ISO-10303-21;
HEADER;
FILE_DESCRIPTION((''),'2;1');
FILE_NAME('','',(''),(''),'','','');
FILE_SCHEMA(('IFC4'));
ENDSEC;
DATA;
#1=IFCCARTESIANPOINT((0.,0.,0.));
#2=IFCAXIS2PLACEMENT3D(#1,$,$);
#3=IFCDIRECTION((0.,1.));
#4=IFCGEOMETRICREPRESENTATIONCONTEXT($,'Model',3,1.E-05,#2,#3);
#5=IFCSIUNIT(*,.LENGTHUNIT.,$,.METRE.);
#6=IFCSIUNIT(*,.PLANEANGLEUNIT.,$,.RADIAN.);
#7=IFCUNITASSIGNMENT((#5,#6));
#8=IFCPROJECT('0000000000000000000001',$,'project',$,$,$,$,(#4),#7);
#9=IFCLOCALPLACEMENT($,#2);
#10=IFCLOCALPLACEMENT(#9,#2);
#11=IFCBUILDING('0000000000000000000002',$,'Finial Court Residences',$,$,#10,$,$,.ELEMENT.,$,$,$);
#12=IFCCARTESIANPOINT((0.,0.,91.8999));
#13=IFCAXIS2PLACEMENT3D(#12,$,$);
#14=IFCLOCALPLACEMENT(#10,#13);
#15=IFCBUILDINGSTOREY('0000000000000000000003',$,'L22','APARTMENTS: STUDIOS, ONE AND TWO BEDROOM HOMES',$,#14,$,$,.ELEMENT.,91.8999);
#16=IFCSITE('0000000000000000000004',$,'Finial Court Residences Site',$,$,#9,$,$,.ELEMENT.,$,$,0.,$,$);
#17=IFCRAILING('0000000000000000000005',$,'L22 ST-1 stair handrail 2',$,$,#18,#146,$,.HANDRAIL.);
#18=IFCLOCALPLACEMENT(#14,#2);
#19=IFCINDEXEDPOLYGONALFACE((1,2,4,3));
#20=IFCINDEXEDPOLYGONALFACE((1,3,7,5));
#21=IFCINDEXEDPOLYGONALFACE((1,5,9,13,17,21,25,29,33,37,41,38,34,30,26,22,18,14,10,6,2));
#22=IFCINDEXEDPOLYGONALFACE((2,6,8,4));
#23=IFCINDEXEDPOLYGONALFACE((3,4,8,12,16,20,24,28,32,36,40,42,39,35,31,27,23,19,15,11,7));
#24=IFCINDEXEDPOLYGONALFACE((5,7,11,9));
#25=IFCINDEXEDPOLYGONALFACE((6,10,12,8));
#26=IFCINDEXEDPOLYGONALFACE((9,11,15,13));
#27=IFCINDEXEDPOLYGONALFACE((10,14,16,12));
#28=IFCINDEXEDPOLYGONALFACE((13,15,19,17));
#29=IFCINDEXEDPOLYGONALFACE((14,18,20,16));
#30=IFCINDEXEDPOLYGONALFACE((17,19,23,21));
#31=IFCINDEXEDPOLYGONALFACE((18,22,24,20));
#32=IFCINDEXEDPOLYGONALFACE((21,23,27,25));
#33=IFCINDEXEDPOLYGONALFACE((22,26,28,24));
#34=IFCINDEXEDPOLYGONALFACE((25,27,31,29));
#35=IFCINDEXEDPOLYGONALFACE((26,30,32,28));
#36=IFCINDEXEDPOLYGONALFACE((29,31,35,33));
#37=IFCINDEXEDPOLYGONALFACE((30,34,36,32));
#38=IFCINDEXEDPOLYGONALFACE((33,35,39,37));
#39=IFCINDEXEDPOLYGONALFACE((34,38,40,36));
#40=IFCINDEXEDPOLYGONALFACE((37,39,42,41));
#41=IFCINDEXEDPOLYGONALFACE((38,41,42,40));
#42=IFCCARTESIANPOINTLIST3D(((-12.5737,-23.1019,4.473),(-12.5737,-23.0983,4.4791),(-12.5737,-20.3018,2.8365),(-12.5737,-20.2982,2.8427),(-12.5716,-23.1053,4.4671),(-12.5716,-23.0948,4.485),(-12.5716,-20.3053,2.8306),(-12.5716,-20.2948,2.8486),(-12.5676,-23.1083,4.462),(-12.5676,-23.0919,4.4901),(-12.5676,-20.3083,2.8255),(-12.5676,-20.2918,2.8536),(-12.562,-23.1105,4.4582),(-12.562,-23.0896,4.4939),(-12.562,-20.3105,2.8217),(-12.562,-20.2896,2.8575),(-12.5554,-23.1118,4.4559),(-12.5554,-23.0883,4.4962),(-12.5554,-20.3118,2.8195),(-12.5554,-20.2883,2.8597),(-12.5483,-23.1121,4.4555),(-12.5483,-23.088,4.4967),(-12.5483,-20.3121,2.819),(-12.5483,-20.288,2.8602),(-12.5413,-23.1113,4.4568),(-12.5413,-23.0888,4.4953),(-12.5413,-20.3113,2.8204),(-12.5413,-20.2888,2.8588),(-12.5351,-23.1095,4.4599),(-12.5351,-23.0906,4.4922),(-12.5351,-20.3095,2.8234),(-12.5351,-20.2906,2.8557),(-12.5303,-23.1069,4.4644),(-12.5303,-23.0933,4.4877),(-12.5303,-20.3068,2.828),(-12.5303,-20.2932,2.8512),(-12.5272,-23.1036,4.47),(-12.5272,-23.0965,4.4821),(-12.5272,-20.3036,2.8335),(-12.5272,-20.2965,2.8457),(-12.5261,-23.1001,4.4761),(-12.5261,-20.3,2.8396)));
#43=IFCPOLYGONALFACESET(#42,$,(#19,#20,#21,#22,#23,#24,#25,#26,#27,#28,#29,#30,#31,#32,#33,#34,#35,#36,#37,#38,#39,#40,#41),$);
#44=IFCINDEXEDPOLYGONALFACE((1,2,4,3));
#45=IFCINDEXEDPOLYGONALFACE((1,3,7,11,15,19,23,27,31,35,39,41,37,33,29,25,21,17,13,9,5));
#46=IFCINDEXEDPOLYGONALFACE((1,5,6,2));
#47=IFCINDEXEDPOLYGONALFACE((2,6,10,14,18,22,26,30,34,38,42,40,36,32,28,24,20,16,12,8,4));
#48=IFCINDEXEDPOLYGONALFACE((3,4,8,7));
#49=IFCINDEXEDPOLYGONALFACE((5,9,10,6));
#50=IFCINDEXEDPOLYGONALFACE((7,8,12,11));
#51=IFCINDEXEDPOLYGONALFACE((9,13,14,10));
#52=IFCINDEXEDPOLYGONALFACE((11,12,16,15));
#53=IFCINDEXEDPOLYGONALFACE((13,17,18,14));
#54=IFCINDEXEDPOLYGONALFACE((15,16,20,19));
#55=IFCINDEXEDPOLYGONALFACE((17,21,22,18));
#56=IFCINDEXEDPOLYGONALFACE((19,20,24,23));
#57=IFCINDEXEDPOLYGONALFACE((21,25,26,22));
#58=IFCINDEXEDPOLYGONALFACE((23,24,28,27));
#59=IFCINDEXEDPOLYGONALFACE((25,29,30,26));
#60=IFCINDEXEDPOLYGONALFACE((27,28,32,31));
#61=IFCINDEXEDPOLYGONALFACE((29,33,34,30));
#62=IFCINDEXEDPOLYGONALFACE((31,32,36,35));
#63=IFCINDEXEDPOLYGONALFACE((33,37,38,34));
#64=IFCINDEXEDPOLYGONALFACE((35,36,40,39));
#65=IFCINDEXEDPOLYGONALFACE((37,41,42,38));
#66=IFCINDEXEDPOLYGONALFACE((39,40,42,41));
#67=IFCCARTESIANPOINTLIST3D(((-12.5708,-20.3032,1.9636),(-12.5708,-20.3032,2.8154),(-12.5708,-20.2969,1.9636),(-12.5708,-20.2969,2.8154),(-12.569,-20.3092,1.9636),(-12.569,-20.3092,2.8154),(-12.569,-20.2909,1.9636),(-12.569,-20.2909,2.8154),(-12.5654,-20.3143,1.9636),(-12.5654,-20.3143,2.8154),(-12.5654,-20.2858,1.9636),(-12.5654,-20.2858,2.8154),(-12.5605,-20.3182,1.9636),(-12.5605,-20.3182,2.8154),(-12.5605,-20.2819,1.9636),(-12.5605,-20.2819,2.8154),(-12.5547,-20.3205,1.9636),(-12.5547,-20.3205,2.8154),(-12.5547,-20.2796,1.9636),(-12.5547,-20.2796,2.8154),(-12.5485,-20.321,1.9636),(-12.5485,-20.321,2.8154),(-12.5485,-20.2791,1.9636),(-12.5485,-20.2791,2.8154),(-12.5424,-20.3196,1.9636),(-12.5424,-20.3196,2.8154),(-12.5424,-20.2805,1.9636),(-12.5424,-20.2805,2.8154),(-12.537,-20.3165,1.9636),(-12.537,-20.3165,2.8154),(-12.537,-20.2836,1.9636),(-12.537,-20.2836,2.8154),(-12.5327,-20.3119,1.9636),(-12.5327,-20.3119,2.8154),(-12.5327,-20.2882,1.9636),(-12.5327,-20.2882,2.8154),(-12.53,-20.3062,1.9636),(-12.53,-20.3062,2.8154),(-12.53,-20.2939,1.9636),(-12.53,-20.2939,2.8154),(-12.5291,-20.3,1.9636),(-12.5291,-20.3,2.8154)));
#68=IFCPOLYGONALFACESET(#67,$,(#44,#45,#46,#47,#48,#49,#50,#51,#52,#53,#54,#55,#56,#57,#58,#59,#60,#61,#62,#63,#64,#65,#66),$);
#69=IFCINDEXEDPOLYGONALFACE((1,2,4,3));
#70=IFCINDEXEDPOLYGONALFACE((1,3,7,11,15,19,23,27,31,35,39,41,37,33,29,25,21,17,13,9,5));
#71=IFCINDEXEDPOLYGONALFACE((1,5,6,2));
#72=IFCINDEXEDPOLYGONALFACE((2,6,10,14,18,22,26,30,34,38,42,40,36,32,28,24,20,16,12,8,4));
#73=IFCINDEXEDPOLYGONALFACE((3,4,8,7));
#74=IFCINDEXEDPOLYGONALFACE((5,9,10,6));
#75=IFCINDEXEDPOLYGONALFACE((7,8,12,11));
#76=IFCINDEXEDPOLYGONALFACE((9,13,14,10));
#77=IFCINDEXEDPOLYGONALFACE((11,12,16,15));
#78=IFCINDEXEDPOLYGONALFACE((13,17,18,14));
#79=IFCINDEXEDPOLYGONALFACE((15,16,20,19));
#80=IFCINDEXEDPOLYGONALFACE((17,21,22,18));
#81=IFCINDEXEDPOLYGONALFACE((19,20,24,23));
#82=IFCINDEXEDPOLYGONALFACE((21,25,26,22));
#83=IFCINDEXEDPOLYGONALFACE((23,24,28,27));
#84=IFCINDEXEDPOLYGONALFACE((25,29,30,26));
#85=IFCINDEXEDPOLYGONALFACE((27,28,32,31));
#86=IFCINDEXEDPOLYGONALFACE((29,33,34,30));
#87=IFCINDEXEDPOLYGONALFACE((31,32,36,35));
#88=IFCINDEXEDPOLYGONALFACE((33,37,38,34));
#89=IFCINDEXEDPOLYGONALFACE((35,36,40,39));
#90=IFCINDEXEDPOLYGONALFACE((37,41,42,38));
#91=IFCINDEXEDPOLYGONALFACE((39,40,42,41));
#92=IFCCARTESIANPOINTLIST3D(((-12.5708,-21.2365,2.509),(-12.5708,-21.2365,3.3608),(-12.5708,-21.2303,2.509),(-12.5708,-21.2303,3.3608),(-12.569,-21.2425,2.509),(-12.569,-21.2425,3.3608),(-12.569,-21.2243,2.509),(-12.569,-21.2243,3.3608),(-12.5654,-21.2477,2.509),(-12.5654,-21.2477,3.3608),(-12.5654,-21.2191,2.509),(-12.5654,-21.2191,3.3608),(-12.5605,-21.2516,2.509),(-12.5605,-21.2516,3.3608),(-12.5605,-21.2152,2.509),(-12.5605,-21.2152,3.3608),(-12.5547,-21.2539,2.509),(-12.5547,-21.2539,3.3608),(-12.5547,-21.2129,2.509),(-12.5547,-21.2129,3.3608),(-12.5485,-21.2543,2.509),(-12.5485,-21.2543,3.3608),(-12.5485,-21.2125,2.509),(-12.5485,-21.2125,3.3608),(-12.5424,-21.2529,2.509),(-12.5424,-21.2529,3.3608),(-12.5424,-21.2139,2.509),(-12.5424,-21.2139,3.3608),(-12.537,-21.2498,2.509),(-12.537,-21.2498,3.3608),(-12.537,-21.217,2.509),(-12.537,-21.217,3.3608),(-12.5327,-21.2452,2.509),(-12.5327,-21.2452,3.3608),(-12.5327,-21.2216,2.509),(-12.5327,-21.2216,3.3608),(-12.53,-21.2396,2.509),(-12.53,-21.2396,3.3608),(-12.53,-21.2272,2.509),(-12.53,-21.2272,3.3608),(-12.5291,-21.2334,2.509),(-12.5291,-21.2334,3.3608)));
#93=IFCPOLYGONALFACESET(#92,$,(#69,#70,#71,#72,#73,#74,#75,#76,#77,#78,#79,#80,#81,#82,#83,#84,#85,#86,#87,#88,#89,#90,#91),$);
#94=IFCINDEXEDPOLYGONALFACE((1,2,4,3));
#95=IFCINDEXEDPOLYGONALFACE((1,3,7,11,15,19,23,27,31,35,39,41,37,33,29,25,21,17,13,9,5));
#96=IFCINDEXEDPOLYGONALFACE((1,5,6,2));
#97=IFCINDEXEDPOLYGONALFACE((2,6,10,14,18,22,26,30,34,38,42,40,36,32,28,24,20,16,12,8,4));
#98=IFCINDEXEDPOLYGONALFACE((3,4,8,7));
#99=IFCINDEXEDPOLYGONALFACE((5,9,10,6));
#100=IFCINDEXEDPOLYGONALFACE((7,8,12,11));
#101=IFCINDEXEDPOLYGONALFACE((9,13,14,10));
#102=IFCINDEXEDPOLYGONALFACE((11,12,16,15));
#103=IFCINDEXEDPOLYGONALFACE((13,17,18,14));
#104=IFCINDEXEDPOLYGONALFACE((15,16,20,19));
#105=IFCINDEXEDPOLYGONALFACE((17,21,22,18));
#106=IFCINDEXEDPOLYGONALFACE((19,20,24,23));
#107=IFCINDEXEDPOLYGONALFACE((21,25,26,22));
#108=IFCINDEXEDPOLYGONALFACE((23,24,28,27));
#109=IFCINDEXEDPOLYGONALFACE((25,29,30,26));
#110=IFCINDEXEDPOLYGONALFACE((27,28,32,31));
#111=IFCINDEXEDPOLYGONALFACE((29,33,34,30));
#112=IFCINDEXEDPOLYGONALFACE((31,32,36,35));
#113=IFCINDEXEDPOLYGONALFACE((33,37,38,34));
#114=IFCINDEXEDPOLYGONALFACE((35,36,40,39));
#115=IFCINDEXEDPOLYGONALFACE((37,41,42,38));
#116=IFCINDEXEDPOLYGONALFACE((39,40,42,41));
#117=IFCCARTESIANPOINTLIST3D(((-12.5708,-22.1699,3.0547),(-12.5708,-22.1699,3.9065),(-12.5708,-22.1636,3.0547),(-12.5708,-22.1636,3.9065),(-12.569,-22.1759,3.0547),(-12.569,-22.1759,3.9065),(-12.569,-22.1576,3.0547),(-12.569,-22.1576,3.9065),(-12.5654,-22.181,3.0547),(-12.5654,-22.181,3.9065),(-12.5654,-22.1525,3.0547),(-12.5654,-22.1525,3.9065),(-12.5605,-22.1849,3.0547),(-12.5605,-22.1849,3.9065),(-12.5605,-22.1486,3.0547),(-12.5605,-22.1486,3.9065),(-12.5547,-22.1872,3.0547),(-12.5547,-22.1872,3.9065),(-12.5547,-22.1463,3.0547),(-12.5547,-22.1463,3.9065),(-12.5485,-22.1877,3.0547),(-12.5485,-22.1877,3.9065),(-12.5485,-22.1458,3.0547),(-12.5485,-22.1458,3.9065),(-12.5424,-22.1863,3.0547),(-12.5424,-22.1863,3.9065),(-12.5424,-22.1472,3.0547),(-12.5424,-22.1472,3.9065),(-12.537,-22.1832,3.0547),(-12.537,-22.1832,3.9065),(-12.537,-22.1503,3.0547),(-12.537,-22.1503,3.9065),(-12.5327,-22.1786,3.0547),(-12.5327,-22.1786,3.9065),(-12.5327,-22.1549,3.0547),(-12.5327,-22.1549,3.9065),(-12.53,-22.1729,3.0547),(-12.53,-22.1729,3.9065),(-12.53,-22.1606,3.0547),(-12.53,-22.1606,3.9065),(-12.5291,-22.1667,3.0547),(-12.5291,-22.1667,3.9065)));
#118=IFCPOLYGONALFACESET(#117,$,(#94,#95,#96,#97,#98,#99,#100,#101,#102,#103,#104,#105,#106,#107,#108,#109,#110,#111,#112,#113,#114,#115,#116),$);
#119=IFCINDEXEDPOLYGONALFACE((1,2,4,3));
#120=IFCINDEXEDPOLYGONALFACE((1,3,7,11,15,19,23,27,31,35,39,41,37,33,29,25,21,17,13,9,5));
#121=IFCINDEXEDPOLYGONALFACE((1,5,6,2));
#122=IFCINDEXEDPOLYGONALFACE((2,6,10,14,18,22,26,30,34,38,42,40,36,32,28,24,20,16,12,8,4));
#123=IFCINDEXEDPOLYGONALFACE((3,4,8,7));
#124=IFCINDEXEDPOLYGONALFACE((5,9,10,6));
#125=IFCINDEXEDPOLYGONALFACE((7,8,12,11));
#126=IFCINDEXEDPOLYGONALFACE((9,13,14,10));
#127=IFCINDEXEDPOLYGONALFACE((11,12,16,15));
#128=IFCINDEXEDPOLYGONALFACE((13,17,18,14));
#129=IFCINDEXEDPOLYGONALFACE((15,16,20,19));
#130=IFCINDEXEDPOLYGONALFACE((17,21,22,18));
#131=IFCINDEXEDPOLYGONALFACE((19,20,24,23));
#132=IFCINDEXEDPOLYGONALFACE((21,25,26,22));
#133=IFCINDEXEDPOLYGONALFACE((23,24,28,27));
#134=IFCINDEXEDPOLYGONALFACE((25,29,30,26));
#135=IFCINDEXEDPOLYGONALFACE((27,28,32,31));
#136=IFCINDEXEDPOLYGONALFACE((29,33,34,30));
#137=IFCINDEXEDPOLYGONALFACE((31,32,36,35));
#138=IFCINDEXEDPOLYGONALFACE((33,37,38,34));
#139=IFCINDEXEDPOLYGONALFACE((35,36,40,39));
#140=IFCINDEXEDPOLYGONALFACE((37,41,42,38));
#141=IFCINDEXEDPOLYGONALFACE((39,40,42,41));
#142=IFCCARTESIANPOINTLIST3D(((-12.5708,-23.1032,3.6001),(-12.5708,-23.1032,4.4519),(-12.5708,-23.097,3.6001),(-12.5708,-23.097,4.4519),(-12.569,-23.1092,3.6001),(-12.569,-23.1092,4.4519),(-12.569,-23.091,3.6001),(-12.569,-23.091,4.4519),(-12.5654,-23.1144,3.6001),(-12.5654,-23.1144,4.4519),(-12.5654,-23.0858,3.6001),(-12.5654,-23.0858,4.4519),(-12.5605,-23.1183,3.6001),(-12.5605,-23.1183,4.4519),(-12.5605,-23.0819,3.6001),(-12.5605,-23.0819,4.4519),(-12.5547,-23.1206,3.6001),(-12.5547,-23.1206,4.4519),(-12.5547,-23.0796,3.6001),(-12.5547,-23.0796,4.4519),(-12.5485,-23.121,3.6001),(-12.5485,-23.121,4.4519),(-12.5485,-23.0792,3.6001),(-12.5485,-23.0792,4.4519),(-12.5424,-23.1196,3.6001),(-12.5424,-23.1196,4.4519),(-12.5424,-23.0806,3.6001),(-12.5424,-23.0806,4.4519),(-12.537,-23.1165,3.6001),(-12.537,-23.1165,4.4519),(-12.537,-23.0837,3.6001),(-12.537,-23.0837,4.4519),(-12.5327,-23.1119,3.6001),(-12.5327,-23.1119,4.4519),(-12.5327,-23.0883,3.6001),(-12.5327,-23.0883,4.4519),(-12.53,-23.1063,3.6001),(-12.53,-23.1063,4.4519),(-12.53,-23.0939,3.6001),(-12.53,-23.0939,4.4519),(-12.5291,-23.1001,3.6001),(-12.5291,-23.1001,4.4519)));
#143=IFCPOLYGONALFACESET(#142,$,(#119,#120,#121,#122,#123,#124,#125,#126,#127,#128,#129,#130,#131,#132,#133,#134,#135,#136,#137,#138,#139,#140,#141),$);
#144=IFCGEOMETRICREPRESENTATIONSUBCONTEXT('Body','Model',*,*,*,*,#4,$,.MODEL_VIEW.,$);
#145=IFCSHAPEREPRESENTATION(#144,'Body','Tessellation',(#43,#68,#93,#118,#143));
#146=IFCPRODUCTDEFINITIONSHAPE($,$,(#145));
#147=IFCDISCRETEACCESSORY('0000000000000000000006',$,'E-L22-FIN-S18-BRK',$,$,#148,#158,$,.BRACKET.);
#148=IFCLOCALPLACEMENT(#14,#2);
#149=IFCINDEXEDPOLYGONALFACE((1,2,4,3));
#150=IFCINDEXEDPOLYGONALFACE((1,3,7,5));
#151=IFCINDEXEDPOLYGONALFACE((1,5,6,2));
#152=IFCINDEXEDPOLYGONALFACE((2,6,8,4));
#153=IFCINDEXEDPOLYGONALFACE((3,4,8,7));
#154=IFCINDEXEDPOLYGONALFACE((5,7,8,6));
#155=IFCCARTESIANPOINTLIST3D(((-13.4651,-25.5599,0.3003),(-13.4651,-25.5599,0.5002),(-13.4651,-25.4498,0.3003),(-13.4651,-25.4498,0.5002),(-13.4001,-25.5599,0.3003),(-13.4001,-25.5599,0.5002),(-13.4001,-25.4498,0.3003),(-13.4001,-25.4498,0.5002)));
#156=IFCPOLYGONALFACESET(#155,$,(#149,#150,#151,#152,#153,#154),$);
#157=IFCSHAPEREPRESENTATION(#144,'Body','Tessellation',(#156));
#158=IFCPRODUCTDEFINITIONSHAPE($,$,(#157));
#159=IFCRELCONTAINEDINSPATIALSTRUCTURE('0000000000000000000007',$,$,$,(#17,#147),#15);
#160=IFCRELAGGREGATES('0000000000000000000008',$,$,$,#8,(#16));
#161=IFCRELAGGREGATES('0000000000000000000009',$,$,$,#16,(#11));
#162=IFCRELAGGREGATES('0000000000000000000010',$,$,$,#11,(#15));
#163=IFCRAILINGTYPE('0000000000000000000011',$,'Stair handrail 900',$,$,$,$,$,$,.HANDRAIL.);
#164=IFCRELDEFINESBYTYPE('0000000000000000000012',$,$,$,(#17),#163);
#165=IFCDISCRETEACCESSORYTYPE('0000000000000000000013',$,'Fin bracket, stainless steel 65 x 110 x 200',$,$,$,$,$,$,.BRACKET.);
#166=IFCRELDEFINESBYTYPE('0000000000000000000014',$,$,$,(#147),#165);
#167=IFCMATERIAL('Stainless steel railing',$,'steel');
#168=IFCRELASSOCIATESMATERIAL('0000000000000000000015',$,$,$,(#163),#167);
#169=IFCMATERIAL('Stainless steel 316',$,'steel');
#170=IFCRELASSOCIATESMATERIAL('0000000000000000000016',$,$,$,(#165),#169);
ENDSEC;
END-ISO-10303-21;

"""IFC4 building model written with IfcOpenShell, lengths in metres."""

from ifc_helpers import new_model, si_unit, direction, frame, origin, origin_2d, place, context, subcontext, project, spatial, rectangle, circle, extrude, material, type_object, element, save


model = new_model("IFC4")

# Units and contexts
model_context = context("Model", 3, precision=1e-05, world=origin(), true_north=direction((0.0, 1.0)))
body_context = subcontext(model_context, "Body", "Model", "MODEL_VIEW")
ifc_project = project(units=[si_unit("LENGTHUNIT", "METRE"), si_unit("PLANEANGLEUNIT", "RADIAN")], contexts=[model_context])

# Site, building, storey
site_placement = place(None, origin())
site = spatial("IfcSite", under=ifc_project, at=site_placement, Name="Finial Court Residences Site", CompositionType="ELEMENT", RefElevation=0.0)
building_placement = place(site_placement, origin())
building = spatial("IfcBuilding", under=site, at=building_placement, Name="Finial Court Residences", CompositionType="ELEMENT")
storey_placement = place(building_placement, frame((0.0, 0.0, 91.8999)))
storey = spatial("IfcBuildingStorey", under=building, at=storey_placement, Name="L22", Description="APARTMENTS: STUDIOS, ONE AND TWO BEDROOM HOMES", CompositionType="ELEMENT", Elevation=91.8999)

# Railing
ifc_material_1 = material(Name="Stainless steel railing", Category="steel")
railing_type_1 = type_object("IfcRailingType", Name="Stair handrail 900", PredefinedType="HANDRAIL", material=ifc_material_1)
railing_1_placement = place(storey_placement, frame((-12.55, -20.3, 1.9636)))
element("IfcRailing", 1, at=railing_1_placement, inside=storey, type_object=railing_type_1, Name="L22 ST-1 stair handrail 2", PredefinedType="HANDRAIL", context=body_context, shape_type="SweptSolid", body=[
    extrude(circle(Radius=0.0239, at=origin_2d()), frame((0.0, 0.0, 0.876), z_axis=(0.0, -0.863361, 0.504587), x_axis=(1.0, 0.0, 0.0)), (0.0, 0.0, 1.0), 3.2432),
    extrude(circle(Radius=0.021, at=origin_2d()), origin(), (0.0, 0.0, 1.0), 0.8518),
    extrude(circle(Radius=0.021, at=origin_2d()), frame((0.0, -0.9333, 0.5454)), (0.0, 0.0, 1.0), 0.8518),
    extrude(circle(Radius=0.021, at=origin_2d()), frame((0.0, -1.8667, 1.0911)), (0.0, 0.0, 1.0), 0.8518),
    extrude(circle(Radius=0.021, at=origin_2d()), frame((0.0, -2.8, 1.6365)), (0.0, 0.0, 1.0), 0.8518),
])

# Discrete accessory
ifc_material_2 = material(Name="Stainless steel 316", Category="steel")
discrete_accessory_type = type_object("IfcDiscreteAccessoryType", Name="Fin bracket, stainless steel 65 x 110 x 200", PredefinedType="BRACKET", material=ifc_material_2)
discrete_accessory_placement = place(storey_placement, frame((-13.4326, -25.5049, 0.3003), z_axis=(0.0, 0.0, 1.0), x_axis=(1.0, 0.0, 0.0)))
element("IfcDiscreteAccessory", 2, at=discrete_accessory_placement, inside=storey, type_object=discrete_accessory_type, Name="E-L22-FIN-S18-BRK", PredefinedType="BRACKET", context=body_context, shape_type="SweptSolid", body=[
    extrude(rectangle(XDim=0.0649, YDim=0.1101, at=origin_2d()), origin(), (0.0, 0.0, 1.0), 0.2),
])

save(model, "model.ifc")
